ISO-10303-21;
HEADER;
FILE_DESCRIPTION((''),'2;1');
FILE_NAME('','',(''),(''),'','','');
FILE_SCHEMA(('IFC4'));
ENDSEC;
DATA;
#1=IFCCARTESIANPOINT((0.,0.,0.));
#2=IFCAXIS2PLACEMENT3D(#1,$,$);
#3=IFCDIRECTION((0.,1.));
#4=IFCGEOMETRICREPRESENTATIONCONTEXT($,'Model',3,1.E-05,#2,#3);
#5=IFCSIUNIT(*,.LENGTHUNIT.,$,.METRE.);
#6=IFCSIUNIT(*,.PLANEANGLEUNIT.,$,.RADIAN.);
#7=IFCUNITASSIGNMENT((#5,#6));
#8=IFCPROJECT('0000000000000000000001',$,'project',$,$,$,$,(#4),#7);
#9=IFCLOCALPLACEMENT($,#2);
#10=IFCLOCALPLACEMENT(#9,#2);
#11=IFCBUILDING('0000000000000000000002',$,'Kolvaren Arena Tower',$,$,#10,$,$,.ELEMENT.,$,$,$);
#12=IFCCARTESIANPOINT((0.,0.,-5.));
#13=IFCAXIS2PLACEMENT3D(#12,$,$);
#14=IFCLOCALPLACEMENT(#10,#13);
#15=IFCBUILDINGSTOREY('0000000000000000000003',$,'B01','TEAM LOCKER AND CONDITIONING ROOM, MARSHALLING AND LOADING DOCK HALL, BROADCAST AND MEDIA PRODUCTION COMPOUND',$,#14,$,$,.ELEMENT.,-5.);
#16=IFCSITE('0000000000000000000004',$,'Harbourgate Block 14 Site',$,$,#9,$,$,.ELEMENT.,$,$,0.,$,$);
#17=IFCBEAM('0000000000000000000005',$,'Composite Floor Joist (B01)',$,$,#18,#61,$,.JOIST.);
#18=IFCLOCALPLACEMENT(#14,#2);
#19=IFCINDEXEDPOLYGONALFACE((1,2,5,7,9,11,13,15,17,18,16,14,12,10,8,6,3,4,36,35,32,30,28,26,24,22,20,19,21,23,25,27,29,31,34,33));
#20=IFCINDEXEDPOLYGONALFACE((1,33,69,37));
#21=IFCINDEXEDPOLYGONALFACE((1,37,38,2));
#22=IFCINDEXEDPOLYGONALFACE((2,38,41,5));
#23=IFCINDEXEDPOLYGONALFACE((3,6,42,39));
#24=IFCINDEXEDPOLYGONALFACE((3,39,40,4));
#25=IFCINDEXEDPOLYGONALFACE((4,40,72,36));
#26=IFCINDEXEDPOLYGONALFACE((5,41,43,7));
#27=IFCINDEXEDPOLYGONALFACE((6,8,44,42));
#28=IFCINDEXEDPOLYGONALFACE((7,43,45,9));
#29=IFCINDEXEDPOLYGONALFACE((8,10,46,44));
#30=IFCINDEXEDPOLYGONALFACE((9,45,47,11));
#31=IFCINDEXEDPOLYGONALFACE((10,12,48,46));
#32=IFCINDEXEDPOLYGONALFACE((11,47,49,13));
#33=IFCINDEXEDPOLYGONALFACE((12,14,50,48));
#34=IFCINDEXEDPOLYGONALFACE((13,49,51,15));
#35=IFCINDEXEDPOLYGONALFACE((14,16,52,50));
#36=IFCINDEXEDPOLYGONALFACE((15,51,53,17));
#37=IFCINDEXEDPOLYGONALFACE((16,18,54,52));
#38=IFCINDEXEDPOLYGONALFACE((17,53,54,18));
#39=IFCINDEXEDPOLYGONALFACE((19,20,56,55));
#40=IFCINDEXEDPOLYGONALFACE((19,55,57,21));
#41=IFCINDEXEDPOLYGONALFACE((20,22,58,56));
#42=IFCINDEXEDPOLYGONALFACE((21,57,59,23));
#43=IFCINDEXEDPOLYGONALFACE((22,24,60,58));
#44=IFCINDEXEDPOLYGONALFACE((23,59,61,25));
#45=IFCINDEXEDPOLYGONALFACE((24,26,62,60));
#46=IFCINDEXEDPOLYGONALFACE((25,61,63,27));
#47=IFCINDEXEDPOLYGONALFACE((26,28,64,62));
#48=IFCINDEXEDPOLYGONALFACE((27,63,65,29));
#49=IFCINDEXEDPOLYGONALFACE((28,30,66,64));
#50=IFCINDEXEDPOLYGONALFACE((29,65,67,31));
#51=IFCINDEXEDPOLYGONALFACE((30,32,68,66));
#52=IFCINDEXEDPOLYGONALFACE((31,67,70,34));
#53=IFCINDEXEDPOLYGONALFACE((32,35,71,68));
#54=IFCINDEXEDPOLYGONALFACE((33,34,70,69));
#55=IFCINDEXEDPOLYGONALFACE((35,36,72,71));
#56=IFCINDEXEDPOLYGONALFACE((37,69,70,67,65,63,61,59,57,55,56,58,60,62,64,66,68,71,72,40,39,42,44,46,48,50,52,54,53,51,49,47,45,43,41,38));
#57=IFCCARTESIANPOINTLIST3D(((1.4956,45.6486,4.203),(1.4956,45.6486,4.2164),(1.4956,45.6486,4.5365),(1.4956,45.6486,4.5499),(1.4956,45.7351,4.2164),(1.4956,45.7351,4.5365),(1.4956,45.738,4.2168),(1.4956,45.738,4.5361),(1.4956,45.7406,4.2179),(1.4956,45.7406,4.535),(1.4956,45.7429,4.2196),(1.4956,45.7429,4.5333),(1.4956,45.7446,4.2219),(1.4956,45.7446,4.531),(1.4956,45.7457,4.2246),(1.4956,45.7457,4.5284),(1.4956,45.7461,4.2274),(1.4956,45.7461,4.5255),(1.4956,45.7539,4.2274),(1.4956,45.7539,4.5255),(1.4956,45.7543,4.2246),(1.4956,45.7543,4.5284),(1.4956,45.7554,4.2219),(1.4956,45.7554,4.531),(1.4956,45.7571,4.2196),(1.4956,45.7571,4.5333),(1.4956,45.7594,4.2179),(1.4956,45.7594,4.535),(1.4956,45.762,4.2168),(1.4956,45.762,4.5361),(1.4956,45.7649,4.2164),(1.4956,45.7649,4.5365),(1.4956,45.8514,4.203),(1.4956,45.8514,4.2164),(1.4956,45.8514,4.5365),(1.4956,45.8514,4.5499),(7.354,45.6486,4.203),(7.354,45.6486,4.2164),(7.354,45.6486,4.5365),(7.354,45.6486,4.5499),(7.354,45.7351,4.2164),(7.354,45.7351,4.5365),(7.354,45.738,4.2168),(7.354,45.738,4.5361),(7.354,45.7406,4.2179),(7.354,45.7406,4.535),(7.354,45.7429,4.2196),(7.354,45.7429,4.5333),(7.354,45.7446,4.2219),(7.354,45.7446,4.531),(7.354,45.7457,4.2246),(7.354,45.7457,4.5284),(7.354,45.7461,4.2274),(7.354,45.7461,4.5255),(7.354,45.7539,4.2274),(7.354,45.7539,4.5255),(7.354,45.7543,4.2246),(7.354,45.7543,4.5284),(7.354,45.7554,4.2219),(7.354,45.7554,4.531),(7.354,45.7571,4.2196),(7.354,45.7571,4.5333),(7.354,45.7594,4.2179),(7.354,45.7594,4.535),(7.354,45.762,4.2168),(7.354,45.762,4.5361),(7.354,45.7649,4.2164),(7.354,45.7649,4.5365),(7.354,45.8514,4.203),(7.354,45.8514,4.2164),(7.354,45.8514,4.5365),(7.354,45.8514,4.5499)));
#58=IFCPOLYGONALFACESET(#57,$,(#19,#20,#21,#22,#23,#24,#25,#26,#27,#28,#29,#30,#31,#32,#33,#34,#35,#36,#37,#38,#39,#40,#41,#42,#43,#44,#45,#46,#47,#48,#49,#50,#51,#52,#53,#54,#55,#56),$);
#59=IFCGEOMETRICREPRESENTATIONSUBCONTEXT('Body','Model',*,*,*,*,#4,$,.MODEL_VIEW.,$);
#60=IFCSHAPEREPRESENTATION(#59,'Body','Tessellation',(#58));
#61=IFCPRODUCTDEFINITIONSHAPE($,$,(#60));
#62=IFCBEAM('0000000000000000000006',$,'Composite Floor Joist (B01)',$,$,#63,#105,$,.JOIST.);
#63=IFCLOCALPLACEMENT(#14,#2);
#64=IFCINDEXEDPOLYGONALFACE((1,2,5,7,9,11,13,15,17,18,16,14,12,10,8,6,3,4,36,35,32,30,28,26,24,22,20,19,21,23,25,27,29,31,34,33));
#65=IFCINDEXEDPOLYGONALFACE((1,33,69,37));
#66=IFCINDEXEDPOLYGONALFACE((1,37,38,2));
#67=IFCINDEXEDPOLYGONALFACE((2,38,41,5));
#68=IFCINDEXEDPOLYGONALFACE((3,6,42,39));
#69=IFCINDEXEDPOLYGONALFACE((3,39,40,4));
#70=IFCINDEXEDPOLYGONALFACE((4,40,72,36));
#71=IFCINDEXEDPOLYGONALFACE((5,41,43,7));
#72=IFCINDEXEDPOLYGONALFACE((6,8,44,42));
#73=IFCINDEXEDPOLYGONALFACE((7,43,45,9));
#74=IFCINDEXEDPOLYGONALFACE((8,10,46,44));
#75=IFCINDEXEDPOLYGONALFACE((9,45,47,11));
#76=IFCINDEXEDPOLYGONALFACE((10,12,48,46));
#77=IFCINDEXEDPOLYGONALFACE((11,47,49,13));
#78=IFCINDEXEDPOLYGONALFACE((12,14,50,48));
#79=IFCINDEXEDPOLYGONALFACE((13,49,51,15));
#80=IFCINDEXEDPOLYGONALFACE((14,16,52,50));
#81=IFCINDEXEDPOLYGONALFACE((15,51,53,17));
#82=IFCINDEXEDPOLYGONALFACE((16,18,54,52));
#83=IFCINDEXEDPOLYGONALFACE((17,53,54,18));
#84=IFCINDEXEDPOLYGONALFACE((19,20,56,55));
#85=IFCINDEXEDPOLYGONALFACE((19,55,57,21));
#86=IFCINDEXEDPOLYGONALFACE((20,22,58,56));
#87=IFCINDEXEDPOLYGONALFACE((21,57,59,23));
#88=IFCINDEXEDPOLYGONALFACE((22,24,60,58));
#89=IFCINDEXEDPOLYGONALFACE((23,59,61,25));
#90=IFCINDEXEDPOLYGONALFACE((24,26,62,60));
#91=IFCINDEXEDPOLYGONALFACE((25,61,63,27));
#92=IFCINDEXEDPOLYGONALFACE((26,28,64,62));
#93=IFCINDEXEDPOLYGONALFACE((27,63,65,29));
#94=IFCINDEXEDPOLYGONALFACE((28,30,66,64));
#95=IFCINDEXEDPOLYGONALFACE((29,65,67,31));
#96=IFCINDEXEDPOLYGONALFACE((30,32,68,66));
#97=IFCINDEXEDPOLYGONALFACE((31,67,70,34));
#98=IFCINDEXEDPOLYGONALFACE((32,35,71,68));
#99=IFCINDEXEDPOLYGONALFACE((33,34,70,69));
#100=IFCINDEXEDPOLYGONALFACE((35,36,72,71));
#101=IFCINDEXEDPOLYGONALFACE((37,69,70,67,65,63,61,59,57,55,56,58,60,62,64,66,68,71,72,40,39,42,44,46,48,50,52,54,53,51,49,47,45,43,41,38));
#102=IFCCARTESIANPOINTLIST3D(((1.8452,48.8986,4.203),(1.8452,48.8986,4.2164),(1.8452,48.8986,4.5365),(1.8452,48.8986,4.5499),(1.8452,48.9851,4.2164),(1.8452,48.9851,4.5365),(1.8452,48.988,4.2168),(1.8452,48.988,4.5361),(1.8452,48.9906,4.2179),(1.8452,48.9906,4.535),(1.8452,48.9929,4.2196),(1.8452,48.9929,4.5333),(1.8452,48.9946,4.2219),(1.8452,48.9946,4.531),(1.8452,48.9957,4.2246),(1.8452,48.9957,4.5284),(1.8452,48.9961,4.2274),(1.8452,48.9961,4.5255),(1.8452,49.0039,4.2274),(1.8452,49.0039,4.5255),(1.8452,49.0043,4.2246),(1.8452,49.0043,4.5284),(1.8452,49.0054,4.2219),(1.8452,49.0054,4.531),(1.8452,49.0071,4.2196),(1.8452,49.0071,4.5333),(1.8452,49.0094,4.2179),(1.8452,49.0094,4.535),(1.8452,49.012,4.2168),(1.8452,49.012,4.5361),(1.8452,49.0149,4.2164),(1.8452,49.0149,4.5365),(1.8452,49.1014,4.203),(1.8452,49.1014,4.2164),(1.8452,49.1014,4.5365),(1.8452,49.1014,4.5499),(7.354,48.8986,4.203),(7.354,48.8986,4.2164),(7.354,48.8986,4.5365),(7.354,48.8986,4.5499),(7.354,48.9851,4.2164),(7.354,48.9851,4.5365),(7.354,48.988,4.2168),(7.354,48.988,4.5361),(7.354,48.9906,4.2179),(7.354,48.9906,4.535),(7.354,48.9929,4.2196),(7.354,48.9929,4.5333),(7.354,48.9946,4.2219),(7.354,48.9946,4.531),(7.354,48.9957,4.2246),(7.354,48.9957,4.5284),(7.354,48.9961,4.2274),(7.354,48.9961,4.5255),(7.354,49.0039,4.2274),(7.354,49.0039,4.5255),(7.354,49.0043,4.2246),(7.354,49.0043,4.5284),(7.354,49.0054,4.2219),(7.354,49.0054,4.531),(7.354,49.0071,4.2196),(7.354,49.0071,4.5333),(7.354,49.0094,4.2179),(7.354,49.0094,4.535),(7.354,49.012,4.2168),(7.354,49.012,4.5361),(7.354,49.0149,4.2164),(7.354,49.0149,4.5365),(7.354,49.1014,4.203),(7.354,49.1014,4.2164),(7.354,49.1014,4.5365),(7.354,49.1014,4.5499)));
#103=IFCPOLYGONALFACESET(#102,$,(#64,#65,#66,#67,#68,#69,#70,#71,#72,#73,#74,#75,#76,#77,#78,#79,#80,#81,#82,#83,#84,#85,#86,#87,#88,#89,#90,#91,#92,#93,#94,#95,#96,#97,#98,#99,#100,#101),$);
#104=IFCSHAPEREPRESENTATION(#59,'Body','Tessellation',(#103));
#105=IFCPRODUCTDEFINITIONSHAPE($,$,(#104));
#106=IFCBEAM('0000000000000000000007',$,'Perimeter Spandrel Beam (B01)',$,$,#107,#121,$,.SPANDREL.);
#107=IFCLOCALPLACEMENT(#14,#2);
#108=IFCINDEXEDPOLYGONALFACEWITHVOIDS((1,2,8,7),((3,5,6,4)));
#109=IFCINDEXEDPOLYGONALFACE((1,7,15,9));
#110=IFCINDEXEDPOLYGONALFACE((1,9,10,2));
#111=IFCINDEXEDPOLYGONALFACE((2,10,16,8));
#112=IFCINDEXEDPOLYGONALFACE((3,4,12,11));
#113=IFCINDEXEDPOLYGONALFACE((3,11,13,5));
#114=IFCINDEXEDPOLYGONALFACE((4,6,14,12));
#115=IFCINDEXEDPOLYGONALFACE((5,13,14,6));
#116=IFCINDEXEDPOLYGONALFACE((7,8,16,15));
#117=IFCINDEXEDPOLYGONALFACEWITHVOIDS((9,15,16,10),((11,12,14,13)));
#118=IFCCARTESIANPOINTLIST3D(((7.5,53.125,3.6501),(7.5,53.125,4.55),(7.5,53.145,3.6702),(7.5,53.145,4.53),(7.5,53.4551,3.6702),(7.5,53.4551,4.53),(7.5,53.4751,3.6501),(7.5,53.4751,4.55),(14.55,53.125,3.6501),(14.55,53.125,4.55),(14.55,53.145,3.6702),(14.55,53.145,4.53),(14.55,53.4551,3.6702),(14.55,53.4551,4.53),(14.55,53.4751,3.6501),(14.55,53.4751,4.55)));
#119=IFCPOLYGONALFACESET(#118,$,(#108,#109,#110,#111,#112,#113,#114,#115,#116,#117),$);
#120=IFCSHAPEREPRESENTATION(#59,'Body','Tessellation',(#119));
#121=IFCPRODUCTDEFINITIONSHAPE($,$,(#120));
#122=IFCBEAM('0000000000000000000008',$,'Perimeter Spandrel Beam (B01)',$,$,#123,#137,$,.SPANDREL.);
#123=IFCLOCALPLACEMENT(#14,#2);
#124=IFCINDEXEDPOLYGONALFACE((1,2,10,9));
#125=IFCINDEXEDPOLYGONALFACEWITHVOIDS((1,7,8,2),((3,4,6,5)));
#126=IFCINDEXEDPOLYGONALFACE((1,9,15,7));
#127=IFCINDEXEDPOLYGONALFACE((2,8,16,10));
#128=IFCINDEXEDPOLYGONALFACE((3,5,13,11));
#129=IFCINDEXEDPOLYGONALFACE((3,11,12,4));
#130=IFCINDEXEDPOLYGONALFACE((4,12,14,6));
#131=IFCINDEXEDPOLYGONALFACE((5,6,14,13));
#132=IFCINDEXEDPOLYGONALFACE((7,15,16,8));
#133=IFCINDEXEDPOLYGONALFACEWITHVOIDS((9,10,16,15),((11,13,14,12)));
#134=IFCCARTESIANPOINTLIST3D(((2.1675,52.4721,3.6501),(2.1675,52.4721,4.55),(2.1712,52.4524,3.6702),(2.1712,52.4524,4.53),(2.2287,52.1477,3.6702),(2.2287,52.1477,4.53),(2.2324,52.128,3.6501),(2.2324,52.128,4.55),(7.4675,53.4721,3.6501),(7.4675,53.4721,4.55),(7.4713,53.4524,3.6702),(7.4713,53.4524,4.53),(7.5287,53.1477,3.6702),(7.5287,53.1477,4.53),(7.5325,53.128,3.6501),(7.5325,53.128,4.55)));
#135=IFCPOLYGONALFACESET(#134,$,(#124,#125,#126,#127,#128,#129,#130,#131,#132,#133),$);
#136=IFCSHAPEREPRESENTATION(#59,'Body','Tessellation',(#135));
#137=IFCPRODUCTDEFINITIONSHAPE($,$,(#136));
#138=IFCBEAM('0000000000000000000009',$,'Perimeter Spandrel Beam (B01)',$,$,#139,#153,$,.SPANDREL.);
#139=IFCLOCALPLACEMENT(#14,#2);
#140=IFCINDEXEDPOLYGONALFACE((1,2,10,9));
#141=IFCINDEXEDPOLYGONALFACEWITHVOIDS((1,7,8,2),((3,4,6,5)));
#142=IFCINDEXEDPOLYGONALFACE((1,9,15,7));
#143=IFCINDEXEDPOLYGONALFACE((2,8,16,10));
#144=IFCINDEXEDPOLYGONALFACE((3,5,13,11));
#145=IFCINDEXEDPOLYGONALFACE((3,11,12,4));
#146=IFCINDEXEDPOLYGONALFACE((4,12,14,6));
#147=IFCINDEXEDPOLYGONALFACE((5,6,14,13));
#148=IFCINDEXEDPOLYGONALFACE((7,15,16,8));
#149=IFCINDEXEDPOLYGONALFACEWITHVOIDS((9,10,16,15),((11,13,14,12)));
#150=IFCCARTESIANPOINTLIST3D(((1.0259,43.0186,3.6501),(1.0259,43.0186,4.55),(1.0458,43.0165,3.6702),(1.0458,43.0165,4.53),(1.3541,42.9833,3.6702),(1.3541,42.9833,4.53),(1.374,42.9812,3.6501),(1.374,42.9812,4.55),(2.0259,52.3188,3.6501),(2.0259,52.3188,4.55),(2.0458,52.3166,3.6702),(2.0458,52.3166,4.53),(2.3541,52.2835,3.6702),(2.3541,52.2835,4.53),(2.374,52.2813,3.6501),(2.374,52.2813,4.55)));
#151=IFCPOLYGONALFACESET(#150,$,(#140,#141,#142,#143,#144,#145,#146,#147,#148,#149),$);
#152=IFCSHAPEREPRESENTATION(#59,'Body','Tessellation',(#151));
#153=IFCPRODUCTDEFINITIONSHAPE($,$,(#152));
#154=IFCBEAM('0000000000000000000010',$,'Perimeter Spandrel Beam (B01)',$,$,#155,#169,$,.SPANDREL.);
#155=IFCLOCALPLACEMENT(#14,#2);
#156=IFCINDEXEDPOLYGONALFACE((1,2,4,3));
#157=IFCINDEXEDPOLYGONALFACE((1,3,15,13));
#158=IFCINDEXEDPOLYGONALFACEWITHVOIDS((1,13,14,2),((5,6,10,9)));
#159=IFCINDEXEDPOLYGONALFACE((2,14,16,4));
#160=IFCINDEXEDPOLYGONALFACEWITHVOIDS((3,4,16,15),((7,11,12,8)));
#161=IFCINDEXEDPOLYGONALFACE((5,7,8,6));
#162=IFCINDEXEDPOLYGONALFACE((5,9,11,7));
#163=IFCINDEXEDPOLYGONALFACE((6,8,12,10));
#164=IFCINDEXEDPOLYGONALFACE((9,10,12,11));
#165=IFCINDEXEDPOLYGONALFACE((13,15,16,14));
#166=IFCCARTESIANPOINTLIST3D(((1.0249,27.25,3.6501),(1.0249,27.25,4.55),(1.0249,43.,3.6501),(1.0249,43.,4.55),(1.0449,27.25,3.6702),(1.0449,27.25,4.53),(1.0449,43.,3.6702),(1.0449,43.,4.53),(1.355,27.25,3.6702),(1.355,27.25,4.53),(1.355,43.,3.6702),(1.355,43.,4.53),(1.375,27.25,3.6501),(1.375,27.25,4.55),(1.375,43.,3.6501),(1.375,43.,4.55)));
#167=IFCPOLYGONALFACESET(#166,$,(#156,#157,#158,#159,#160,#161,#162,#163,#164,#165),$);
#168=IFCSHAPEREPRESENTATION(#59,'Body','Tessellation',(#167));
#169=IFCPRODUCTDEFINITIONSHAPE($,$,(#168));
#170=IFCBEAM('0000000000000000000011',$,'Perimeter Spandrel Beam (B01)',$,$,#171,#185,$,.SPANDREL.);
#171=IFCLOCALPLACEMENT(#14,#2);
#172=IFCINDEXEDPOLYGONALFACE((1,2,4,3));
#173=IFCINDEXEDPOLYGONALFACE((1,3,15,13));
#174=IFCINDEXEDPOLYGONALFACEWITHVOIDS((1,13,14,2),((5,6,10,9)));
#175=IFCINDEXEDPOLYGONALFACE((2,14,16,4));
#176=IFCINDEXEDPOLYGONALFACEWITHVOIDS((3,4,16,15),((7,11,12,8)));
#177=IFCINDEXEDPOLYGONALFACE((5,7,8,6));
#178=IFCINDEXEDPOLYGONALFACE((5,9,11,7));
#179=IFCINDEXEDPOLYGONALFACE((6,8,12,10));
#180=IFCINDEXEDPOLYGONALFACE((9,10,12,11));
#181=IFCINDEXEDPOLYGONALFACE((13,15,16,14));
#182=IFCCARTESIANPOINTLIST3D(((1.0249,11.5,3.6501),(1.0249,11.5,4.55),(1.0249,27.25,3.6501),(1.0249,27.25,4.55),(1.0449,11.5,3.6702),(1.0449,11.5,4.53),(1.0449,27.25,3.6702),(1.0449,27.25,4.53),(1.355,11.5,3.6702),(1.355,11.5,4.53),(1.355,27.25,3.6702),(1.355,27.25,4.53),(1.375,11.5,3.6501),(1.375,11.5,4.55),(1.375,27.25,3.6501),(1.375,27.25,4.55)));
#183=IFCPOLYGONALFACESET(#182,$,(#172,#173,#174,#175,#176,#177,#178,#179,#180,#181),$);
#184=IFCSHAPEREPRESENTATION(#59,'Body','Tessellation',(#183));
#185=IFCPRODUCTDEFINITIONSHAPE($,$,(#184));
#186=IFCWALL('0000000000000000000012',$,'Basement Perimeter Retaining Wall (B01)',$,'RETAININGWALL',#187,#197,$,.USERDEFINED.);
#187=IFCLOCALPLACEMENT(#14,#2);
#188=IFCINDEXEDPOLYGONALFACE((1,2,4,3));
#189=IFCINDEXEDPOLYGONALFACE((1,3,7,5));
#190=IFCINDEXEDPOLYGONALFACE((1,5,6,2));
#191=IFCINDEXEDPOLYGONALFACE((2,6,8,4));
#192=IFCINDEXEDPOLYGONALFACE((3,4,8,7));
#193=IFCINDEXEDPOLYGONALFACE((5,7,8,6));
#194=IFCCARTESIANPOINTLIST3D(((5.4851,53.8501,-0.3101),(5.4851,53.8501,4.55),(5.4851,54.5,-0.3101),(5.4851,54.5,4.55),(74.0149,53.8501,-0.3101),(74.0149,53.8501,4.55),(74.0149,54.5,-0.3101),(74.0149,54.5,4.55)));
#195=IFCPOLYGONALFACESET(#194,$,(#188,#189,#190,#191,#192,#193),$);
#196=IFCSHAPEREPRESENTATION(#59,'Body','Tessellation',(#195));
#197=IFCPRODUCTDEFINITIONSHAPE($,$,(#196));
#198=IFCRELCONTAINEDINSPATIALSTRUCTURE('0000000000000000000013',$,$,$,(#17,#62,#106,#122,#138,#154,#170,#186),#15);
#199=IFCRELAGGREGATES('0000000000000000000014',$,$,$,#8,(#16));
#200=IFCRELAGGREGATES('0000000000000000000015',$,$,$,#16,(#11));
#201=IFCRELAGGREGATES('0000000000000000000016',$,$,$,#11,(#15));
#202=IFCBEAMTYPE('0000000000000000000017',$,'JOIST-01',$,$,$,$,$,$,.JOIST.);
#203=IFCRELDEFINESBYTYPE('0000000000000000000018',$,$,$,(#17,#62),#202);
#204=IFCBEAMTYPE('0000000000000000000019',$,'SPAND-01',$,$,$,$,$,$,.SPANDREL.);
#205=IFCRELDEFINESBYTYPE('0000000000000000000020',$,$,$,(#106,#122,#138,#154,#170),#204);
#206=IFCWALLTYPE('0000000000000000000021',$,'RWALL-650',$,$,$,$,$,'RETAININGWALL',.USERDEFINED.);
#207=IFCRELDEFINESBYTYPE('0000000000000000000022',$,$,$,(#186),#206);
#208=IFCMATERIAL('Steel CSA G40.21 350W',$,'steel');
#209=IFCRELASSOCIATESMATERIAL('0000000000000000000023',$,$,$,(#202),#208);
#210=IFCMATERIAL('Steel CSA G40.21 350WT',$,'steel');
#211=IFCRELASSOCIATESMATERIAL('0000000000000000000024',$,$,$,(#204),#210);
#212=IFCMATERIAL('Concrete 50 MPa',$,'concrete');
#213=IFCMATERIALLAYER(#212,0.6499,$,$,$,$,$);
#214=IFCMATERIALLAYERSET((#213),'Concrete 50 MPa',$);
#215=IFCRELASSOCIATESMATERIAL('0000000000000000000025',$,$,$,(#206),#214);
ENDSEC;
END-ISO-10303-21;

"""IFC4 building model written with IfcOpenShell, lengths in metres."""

from ifc_helpers import new_model, si_unit, direction, frame, frame_2d, origin, origin_2d, place, context, subcontext, project, spatial, rectangle, hollow_rectangle, i_section, extrude, material, layer, layer_set, material_profile, profile_set, type_object, element, save


model = new_model("IFC4")

# Units and contexts
model_context = context("Model", 3, precision=1e-05, world=origin(), true_north=direction((0.0, 1.0)))
body_context = subcontext(model_context, "Body", "Model", "MODEL_VIEW")
ifc_project = project(units=[si_unit("LENGTHUNIT", "METRE"), si_unit("PLANEANGLEUNIT", "RADIAN")], contexts=[model_context])

# Site, building, storey
site_placement = place(None, origin())
site = spatial("IfcSite", under=ifc_project, at=site_placement, Name="Harbourgate Block 14 Site", CompositionType="ELEMENT", RefElevation=0.0)
building_placement = place(site_placement, origin())
building = spatial("IfcBuilding", under=site, at=building_placement, Name="Kolvaren Arena Tower", CompositionType="ELEMENT")
storey_placement = place(building_placement, frame((0.0, 0.0, -5.0)))
storey = spatial("IfcBuildingStorey", under=building, at=storey_placement, Name="B01", Description="TEAM LOCKER AND CONDITIONING ROOM, MARSHALLING AND LOADING DOCK HALL, BROADCAST AND MEDIA PRODUCTION COMPOUND", CompositionType="ELEMENT", Elevation=-5.0)

# Beams
ifc_material_1 = material(Name="Steel CSA G40.21 350W", Category="steel")
ifc_material_profile_1 = material_profile(ifc_material_1, i_section(OverallWidth=0.2029, OverallDepth=0.3469, WebThickness=0.0078, FlangeThickness=0.0134, FilletRadius=0.011, at=origin_2d()), Name="W360x64")
ifc_profile_set_1 = profile_set([ifc_material_profile_1], Name="Steel CSA G40.21 350W")
beam_type_1 = type_object("IfcBeamType", Name="JOIST-01", PredefinedType="JOIST", material=ifc_profile_set_1)
beam_1_placement = place(storey_placement, frame((1.4956, 45.75, 4.3765), z_axis=(1.0, 0.0, 0.0), x_axis=(0.0, 1.0, 0.0)))
element("IfcBeam", 1, at=beam_1_placement, inside=storey, type_object=beam_type_1, Name="Composite Floor Joist (B01)", PredefinedType="JOIST", context=body_context, shape_type="SweptSolid", body=[
    extrude(i_section(OverallWidth=0.2029, OverallDepth=0.3469, WebThickness=0.0078, FlangeThickness=0.0134, FilletRadius=0.011, at=origin_2d()), origin(), (0.0, 0.0, 1.0), 5.8584),
])
beam_2_placement = place(storey_placement, frame((1.8452, 49.0, 4.3765), z_axis=(1.0, 0.0, 0.0), x_axis=(0.0, 1.0, 0.0)))
element("IfcBeam", 2, at=beam_2_placement, inside=storey, type_object=beam_type_1, Name="Composite Floor Joist (B01)", PredefinedType="JOIST", context=body_context, shape_type="SweptSolid", body=[
    extrude(i_section(OverallWidth=0.2029, OverallDepth=0.3469, WebThickness=0.0078, FlangeThickness=0.0134, FilletRadius=0.011, at=origin_2d()), origin(), (0.0, 0.0, 1.0), 5.5088),
])
ifc_material_2 = material(Name="Steel CSA G40.21 350WT", Category="steel")
ifc_material_profile_2 = material_profile(ifc_material_2, hollow_rectangle(XDim=0.3501, YDim=0.8999, WallThickness=0.02, at=origin_2d()), Name="HSS 900x350x20")
ifc_profile_set_2 = profile_set([ifc_material_profile_2], Name="Steel CSA G40.21 350WT")
beam_type_2 = type_object("IfcBeamType", Name="SPAND-01", PredefinedType="SPANDREL", material=ifc_profile_set_2)
beam_3_placement = place(storey_placement, frame((14.55, 53.3, 4.1001), z_axis=(-1.0, 0.0, 0.0), x_axis=(0.0, -1.0, 0.0)))
element("IfcBeam", 3, at=beam_3_placement, inside=storey, type_object=beam_type_2, Name="Perimeter Spandrel Beam (B01)", PredefinedType="SPANDREL", context=body_context, shape_type="SweptSolid", body=[
    extrude(hollow_rectangle(XDim=0.3501, YDim=0.8999, WallThickness=0.02, at=origin_2d()), origin(), (0.0, 0.0, 1.0), 7.05),
])
beam_4_placement = place(storey_placement, frame((7.5, 53.3, 4.1001), z_axis=(-0.982662, -0.185406, 0.0), x_axis=(0.185406, -0.982662, 0.0)))
element("IfcBeam", 4, at=beam_4_placement, inside=storey, type_object=beam_type_2, Name="Perimeter Spandrel Beam (B01)", PredefinedType="SPANDREL", context=body_context, shape_type="SweptSolid", body=[
    extrude(hollow_rectangle(XDim=0.3501, YDim=0.8999, WallThickness=0.02, at=origin_2d()), origin(), (0.0, 0.0, 1.0), 5.3936),
])
beam_5_placement = place(storey_placement, frame((2.2, 52.3, 4.1001), z_axis=(-0.10691, -0.994269, 0.0), x_axis=(0.994269, -0.10691, 0.0)))
element("IfcBeam", 5, at=beam_5_placement, inside=storey, type_object=beam_type_2, Name="Perimeter Spandrel Beam (B01)", PredefinedType="SPANDREL", context=body_context, shape_type="SweptSolid", body=[
    extrude(hollow_rectangle(XDim=0.3501, YDim=0.8999, WallThickness=0.02, at=origin_2d()), origin(), (0.0, 0.0, 1.0), 9.3538),
])
for number, where, z_axis, x_axis, name in (
    (6, (1.2, 43.0, 4.1001), (0.0, -1.0, 0.0), (1.0, 0.0, 0.0), "Perimeter Spandrel Beam (B01)"),
    (7, (1.2, 27.25, 4.1001), (0.0, -1.0, 0.0), (1.0, 0.0, 0.0), "Perimeter Spandrel Beam (B01)"),
):
    element("IfcBeam", number, at=place(storey_placement, frame(where, z_axis=z_axis, x_axis=x_axis)), inside=storey, type_object=beam_type_2, Name=name, PredefinedType="SPANDREL", context=body_context, shape_type="SweptSolid", body=[
        extrude(hollow_rectangle(XDim=0.3501, YDim=0.8999, WallThickness=0.02, at=origin_2d()), origin(), (0.0, 0.0, 1.0), 15.75),
    ])

# Wall
ifc_material_3 = material(Name="Concrete 50 MPa", Category="concrete")
ifc_layer_1 = layer(ifc_material_3, 0.6499)
ifc_layer_set_1 = layer_set([ifc_layer_1], Name="Concrete 50 MPa")
wall_type_1 = type_object("IfcWallType", Name="RWALL-650", ElementType="RETAININGWALL", PredefinedType="USERDEFINED", material=ifc_layer_set_1)
wall_1_placement = place(storey_placement, frame((5.4851, 54.175, -0.3101), z_axis=(0.0, 0.0, 1.0), x_axis=(1.0, 0.0, 0.0)))
element("IfcWall", 8, at=wall_1_placement, inside=storey, type_object=wall_type_1, Name="Basement Perimeter Retaining Wall (B01)", ObjectType="RETAININGWALL", PredefinedType="USERDEFINED", context=body_context, shape_type="SweptSolid", body=[
    extrude(rectangle(XDim=68.5298, YDim=0.6499, at=frame_2d((34.2649, 0.0))), origin(), (0.0, 0.0, 1.0), 4.8601),
])

save(model, "model.ifc")
